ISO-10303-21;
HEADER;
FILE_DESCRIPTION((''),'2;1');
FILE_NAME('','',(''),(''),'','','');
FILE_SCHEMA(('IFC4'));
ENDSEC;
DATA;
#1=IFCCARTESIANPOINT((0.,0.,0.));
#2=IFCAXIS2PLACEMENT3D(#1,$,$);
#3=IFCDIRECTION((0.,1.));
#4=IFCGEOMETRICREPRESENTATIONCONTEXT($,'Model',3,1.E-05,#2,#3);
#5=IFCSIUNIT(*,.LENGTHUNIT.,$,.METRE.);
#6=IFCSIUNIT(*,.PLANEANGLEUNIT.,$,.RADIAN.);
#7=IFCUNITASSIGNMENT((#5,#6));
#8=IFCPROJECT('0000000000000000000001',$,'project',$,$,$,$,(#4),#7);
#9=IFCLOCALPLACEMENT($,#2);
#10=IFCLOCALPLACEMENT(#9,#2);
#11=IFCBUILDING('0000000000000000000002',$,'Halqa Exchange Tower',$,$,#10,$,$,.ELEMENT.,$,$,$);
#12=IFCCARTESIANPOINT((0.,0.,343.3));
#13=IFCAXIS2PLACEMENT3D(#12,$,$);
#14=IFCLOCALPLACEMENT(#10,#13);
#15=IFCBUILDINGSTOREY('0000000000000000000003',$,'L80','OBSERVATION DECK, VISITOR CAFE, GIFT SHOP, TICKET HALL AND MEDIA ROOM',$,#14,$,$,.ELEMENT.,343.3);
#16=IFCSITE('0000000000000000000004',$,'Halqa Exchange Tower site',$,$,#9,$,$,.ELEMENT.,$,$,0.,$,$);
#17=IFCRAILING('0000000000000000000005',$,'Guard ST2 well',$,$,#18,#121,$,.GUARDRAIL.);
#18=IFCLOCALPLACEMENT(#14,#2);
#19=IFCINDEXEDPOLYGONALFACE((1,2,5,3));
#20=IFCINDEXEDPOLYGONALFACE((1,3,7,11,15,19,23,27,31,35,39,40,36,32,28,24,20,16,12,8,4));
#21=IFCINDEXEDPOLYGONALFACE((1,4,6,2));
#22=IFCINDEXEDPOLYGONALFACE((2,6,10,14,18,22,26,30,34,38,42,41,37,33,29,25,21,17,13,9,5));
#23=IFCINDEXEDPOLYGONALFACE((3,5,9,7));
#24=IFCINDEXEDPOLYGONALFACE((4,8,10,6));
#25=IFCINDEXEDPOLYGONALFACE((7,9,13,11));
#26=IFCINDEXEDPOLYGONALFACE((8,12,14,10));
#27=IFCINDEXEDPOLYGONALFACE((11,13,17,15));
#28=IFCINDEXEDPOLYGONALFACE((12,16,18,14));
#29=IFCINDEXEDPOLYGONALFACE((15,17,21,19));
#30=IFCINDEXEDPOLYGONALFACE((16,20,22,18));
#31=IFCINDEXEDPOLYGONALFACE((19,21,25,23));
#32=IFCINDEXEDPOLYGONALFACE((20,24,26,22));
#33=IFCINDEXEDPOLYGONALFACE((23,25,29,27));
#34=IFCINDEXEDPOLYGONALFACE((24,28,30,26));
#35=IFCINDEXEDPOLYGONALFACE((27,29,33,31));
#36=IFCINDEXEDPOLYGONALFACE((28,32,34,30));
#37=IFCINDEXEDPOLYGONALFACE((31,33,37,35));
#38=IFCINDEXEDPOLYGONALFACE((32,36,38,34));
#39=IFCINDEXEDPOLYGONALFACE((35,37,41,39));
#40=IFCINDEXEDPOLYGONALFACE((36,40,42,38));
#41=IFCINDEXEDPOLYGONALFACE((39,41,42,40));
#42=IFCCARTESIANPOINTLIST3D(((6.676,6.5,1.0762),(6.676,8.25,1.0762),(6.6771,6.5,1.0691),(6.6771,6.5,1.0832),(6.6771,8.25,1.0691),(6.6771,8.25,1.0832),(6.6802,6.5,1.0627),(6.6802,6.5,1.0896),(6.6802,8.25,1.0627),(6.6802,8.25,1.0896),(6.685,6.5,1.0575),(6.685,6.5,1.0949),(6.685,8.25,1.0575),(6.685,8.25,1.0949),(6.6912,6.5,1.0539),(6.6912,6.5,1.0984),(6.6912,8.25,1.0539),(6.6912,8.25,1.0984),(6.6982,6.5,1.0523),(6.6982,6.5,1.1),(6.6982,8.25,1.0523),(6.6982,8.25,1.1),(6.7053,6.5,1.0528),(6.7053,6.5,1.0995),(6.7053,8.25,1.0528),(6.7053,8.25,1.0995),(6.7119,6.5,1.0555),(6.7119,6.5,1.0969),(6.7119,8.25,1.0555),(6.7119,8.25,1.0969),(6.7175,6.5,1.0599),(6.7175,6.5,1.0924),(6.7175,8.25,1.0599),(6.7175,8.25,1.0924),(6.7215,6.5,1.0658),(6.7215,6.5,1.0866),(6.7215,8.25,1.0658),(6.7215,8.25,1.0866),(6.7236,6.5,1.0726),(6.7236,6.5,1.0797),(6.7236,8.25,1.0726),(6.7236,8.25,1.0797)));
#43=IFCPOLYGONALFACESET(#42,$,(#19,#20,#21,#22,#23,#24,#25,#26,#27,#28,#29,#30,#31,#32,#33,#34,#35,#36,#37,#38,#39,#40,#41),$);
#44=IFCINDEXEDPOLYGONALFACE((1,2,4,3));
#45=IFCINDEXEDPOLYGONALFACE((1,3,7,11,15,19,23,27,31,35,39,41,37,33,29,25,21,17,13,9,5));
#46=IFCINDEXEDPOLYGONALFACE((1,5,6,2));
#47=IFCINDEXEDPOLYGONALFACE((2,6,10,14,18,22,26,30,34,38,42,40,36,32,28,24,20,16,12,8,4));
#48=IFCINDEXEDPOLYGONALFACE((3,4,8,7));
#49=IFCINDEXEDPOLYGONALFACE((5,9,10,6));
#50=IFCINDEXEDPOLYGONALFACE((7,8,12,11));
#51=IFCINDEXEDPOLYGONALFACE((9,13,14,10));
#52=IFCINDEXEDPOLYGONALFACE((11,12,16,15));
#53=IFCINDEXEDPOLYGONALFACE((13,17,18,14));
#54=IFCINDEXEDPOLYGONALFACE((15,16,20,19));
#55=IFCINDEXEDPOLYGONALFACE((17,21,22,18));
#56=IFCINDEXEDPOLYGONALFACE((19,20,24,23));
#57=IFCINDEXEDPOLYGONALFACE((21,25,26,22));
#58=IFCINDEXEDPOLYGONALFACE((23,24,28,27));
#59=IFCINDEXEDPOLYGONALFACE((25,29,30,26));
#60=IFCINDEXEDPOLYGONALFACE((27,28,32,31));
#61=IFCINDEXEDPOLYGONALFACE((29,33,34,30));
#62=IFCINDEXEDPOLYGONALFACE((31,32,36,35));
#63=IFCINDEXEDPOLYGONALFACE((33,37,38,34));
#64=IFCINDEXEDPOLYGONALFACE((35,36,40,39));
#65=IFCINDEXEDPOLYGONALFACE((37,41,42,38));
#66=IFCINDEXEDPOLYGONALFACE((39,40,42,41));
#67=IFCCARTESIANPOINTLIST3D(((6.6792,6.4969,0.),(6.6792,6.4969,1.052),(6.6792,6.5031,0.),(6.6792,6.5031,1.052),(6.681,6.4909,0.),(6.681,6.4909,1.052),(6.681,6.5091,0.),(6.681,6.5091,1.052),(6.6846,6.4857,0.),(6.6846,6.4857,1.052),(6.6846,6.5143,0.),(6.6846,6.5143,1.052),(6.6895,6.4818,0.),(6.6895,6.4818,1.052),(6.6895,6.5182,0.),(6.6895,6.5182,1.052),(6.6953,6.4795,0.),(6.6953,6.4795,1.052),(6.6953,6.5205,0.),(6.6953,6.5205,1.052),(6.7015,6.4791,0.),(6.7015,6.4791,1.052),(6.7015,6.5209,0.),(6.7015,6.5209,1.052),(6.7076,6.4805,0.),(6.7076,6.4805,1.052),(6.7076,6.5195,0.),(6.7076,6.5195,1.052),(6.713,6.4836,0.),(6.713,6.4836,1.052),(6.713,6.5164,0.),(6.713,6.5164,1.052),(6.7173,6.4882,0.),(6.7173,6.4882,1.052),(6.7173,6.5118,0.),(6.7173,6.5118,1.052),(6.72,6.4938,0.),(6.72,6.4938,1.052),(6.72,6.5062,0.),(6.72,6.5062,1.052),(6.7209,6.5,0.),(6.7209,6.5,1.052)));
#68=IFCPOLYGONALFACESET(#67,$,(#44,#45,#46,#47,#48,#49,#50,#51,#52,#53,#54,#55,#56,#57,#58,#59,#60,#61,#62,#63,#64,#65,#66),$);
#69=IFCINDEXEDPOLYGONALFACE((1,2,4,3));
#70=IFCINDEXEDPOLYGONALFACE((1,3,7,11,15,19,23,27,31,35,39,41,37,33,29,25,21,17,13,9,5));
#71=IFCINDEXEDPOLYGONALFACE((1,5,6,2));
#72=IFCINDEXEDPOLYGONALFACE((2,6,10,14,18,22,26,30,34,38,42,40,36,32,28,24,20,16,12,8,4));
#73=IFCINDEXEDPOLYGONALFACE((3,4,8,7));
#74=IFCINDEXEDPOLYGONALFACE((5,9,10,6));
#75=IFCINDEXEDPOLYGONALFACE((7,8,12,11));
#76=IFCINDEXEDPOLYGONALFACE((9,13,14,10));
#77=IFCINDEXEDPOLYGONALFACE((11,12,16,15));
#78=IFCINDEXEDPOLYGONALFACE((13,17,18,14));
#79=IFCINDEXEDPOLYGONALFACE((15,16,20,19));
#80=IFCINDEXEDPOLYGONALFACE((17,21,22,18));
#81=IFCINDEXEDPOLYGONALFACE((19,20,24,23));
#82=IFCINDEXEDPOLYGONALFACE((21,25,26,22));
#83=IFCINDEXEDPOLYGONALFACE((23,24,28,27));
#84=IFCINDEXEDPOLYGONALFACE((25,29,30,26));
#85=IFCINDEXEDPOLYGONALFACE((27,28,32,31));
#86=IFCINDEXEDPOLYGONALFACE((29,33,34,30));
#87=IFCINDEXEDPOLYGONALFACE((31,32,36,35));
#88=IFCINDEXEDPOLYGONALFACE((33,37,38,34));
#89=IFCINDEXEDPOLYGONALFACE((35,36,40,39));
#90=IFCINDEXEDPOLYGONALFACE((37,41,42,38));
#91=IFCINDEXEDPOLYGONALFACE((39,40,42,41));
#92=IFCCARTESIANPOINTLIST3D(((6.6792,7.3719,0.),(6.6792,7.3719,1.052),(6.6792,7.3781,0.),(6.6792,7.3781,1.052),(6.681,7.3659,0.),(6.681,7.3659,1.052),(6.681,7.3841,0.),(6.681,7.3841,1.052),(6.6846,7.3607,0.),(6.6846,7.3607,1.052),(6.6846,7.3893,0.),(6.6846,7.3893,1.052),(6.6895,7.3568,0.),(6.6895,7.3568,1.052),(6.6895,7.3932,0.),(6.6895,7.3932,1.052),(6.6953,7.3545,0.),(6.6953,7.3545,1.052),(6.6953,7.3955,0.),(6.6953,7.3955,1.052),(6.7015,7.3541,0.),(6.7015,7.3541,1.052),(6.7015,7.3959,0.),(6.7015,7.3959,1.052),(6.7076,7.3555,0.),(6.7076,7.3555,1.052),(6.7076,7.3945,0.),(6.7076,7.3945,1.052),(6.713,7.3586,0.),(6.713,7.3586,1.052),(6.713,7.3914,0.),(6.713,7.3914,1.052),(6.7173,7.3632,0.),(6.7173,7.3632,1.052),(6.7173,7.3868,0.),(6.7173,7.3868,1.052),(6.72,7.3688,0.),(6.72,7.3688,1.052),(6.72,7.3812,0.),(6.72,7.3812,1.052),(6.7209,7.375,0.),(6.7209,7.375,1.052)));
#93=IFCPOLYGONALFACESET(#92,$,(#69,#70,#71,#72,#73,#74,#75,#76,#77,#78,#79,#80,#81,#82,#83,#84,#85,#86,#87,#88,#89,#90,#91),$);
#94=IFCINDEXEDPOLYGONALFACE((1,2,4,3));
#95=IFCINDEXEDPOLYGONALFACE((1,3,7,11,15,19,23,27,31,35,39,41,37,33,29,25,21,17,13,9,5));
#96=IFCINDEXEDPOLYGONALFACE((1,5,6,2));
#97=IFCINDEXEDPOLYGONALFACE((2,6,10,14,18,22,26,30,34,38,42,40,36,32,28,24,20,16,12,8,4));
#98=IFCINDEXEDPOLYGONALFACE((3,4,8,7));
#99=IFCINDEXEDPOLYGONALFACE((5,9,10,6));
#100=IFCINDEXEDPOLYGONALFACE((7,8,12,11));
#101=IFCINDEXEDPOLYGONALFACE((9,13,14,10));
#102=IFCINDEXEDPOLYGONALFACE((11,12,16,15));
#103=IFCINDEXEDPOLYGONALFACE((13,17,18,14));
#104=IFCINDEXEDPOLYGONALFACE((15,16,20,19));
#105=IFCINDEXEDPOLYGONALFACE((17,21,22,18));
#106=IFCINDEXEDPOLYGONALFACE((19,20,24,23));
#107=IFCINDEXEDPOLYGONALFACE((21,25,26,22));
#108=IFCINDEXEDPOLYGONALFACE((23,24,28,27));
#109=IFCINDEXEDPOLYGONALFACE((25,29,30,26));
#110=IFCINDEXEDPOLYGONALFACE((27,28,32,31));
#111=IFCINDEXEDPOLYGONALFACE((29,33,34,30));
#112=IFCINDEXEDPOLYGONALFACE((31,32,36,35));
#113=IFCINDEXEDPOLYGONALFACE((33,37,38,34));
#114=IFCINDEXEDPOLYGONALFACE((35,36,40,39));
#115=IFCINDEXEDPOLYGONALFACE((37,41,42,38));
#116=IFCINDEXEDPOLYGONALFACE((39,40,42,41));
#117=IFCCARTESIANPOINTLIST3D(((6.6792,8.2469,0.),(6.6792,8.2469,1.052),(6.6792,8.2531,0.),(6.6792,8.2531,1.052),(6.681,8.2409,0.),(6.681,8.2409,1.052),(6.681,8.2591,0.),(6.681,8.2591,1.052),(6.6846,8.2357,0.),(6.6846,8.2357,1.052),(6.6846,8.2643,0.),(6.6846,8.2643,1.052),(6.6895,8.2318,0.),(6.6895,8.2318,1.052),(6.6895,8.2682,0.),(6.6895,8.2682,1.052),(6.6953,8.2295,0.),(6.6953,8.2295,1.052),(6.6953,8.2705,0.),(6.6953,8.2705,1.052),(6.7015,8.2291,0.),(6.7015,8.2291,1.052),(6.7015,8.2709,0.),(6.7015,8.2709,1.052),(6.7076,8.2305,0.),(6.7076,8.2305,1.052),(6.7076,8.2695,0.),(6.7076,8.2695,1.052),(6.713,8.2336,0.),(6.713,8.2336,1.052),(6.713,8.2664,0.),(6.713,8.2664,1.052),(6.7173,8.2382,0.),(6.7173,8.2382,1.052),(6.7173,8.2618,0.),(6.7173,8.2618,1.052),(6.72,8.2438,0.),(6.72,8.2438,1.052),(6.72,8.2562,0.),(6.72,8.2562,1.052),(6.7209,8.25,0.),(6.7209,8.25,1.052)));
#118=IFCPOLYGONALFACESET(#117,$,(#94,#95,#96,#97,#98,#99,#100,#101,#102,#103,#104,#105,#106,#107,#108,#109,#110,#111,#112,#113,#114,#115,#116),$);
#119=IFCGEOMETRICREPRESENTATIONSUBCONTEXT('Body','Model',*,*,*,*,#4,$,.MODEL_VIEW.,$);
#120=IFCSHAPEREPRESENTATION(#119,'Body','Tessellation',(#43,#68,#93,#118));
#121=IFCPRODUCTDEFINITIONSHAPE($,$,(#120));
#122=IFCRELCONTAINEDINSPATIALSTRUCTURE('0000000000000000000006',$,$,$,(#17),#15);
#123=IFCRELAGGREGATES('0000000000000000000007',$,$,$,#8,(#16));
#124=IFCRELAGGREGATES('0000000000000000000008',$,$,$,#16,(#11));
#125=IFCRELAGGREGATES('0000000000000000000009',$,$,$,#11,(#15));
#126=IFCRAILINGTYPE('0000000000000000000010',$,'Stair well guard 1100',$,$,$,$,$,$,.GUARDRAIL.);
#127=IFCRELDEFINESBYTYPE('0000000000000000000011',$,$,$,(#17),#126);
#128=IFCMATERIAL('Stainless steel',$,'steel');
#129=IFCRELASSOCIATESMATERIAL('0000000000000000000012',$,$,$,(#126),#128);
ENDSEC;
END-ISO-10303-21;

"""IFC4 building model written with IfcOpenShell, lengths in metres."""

from ifc_helpers import new_model, si_unit, direction, frame, origin, origin_2d, place, context, subcontext, project, spatial, circle, extrude, material, type_object, element, save


model = new_model("IFC4")

# Units and contexts
model_context = context("Model", 3, precision=1e-05, world=origin(), true_north=direction((0.0, 1.0)))
body_context = subcontext(model_context, "Body", "Model", "MODEL_VIEW")
ifc_project = project(units=[si_unit("LENGTHUNIT", "METRE"), si_unit("PLANEANGLEUNIT", "RADIAN")], contexts=[model_context])

# Site, building, storey
site_placement = place(None, origin())
site = spatial("IfcSite", under=ifc_project, at=site_placement, Name="Halqa Exchange Tower site", CompositionType="ELEMENT", RefElevation=0.0)
building_placement = place(site_placement, origin())
building = spatial("IfcBuilding", under=site, at=building_placement, Name="Halqa Exchange Tower", CompositionType="ELEMENT")
storey_placement = place(building_placement, frame((0.0, 0.0, 343.3)))
storey = spatial("IfcBuildingStorey", under=building, at=storey_placement, Name="L80", Description="OBSERVATION DECK, VISITOR CAFE, GIFT SHOP, TICKET HALL AND MEDIA ROOM", CompositionType="ELEMENT", Elevation=343.3)

# Railing
ifc_material_1 = material(Name="Stainless steel", Category="steel")
railing_type_1 = type_object("IfcRailingType", Name="Stair well guard 1100", PredefinedType="GUARDRAIL", material=ifc_material_1)
railing_1_placement = place(storey_placement, frame((6.7, 6.5, 0.0)))
element("IfcRailing", 1, at=railing_1_placement, inside=storey, type_object=railing_type_1, Name="Guard ST2 well", PredefinedType="GUARDRAIL", context=body_context, shape_type="SweptSolid", body=[
    extrude(circle(Radius=0.0239, at=origin_2d()), frame((0.0, 0.0, 1.0762), z_axis=(0.0, 1.0, 0.0), x_axis=(-1.0, 0.0, 0.0)), (0.0, 0.0, 1.0), 1.75),
    extrude(circle(Radius=0.021, at=origin_2d()), origin(), (0.0, 0.0, 1.0), 1.052),
    extrude(circle(Radius=0.021, at=origin_2d()), frame((0.0, 0.875, 0.0)), (0.0, 0.0, 1.0), 1.052),
    extrude(circle(Radius=0.021, at=origin_2d()), frame((0.0, 1.75, 0.0)), (0.0, 0.0, 1.0), 1.052),
])

save(model, "model.ifc")
